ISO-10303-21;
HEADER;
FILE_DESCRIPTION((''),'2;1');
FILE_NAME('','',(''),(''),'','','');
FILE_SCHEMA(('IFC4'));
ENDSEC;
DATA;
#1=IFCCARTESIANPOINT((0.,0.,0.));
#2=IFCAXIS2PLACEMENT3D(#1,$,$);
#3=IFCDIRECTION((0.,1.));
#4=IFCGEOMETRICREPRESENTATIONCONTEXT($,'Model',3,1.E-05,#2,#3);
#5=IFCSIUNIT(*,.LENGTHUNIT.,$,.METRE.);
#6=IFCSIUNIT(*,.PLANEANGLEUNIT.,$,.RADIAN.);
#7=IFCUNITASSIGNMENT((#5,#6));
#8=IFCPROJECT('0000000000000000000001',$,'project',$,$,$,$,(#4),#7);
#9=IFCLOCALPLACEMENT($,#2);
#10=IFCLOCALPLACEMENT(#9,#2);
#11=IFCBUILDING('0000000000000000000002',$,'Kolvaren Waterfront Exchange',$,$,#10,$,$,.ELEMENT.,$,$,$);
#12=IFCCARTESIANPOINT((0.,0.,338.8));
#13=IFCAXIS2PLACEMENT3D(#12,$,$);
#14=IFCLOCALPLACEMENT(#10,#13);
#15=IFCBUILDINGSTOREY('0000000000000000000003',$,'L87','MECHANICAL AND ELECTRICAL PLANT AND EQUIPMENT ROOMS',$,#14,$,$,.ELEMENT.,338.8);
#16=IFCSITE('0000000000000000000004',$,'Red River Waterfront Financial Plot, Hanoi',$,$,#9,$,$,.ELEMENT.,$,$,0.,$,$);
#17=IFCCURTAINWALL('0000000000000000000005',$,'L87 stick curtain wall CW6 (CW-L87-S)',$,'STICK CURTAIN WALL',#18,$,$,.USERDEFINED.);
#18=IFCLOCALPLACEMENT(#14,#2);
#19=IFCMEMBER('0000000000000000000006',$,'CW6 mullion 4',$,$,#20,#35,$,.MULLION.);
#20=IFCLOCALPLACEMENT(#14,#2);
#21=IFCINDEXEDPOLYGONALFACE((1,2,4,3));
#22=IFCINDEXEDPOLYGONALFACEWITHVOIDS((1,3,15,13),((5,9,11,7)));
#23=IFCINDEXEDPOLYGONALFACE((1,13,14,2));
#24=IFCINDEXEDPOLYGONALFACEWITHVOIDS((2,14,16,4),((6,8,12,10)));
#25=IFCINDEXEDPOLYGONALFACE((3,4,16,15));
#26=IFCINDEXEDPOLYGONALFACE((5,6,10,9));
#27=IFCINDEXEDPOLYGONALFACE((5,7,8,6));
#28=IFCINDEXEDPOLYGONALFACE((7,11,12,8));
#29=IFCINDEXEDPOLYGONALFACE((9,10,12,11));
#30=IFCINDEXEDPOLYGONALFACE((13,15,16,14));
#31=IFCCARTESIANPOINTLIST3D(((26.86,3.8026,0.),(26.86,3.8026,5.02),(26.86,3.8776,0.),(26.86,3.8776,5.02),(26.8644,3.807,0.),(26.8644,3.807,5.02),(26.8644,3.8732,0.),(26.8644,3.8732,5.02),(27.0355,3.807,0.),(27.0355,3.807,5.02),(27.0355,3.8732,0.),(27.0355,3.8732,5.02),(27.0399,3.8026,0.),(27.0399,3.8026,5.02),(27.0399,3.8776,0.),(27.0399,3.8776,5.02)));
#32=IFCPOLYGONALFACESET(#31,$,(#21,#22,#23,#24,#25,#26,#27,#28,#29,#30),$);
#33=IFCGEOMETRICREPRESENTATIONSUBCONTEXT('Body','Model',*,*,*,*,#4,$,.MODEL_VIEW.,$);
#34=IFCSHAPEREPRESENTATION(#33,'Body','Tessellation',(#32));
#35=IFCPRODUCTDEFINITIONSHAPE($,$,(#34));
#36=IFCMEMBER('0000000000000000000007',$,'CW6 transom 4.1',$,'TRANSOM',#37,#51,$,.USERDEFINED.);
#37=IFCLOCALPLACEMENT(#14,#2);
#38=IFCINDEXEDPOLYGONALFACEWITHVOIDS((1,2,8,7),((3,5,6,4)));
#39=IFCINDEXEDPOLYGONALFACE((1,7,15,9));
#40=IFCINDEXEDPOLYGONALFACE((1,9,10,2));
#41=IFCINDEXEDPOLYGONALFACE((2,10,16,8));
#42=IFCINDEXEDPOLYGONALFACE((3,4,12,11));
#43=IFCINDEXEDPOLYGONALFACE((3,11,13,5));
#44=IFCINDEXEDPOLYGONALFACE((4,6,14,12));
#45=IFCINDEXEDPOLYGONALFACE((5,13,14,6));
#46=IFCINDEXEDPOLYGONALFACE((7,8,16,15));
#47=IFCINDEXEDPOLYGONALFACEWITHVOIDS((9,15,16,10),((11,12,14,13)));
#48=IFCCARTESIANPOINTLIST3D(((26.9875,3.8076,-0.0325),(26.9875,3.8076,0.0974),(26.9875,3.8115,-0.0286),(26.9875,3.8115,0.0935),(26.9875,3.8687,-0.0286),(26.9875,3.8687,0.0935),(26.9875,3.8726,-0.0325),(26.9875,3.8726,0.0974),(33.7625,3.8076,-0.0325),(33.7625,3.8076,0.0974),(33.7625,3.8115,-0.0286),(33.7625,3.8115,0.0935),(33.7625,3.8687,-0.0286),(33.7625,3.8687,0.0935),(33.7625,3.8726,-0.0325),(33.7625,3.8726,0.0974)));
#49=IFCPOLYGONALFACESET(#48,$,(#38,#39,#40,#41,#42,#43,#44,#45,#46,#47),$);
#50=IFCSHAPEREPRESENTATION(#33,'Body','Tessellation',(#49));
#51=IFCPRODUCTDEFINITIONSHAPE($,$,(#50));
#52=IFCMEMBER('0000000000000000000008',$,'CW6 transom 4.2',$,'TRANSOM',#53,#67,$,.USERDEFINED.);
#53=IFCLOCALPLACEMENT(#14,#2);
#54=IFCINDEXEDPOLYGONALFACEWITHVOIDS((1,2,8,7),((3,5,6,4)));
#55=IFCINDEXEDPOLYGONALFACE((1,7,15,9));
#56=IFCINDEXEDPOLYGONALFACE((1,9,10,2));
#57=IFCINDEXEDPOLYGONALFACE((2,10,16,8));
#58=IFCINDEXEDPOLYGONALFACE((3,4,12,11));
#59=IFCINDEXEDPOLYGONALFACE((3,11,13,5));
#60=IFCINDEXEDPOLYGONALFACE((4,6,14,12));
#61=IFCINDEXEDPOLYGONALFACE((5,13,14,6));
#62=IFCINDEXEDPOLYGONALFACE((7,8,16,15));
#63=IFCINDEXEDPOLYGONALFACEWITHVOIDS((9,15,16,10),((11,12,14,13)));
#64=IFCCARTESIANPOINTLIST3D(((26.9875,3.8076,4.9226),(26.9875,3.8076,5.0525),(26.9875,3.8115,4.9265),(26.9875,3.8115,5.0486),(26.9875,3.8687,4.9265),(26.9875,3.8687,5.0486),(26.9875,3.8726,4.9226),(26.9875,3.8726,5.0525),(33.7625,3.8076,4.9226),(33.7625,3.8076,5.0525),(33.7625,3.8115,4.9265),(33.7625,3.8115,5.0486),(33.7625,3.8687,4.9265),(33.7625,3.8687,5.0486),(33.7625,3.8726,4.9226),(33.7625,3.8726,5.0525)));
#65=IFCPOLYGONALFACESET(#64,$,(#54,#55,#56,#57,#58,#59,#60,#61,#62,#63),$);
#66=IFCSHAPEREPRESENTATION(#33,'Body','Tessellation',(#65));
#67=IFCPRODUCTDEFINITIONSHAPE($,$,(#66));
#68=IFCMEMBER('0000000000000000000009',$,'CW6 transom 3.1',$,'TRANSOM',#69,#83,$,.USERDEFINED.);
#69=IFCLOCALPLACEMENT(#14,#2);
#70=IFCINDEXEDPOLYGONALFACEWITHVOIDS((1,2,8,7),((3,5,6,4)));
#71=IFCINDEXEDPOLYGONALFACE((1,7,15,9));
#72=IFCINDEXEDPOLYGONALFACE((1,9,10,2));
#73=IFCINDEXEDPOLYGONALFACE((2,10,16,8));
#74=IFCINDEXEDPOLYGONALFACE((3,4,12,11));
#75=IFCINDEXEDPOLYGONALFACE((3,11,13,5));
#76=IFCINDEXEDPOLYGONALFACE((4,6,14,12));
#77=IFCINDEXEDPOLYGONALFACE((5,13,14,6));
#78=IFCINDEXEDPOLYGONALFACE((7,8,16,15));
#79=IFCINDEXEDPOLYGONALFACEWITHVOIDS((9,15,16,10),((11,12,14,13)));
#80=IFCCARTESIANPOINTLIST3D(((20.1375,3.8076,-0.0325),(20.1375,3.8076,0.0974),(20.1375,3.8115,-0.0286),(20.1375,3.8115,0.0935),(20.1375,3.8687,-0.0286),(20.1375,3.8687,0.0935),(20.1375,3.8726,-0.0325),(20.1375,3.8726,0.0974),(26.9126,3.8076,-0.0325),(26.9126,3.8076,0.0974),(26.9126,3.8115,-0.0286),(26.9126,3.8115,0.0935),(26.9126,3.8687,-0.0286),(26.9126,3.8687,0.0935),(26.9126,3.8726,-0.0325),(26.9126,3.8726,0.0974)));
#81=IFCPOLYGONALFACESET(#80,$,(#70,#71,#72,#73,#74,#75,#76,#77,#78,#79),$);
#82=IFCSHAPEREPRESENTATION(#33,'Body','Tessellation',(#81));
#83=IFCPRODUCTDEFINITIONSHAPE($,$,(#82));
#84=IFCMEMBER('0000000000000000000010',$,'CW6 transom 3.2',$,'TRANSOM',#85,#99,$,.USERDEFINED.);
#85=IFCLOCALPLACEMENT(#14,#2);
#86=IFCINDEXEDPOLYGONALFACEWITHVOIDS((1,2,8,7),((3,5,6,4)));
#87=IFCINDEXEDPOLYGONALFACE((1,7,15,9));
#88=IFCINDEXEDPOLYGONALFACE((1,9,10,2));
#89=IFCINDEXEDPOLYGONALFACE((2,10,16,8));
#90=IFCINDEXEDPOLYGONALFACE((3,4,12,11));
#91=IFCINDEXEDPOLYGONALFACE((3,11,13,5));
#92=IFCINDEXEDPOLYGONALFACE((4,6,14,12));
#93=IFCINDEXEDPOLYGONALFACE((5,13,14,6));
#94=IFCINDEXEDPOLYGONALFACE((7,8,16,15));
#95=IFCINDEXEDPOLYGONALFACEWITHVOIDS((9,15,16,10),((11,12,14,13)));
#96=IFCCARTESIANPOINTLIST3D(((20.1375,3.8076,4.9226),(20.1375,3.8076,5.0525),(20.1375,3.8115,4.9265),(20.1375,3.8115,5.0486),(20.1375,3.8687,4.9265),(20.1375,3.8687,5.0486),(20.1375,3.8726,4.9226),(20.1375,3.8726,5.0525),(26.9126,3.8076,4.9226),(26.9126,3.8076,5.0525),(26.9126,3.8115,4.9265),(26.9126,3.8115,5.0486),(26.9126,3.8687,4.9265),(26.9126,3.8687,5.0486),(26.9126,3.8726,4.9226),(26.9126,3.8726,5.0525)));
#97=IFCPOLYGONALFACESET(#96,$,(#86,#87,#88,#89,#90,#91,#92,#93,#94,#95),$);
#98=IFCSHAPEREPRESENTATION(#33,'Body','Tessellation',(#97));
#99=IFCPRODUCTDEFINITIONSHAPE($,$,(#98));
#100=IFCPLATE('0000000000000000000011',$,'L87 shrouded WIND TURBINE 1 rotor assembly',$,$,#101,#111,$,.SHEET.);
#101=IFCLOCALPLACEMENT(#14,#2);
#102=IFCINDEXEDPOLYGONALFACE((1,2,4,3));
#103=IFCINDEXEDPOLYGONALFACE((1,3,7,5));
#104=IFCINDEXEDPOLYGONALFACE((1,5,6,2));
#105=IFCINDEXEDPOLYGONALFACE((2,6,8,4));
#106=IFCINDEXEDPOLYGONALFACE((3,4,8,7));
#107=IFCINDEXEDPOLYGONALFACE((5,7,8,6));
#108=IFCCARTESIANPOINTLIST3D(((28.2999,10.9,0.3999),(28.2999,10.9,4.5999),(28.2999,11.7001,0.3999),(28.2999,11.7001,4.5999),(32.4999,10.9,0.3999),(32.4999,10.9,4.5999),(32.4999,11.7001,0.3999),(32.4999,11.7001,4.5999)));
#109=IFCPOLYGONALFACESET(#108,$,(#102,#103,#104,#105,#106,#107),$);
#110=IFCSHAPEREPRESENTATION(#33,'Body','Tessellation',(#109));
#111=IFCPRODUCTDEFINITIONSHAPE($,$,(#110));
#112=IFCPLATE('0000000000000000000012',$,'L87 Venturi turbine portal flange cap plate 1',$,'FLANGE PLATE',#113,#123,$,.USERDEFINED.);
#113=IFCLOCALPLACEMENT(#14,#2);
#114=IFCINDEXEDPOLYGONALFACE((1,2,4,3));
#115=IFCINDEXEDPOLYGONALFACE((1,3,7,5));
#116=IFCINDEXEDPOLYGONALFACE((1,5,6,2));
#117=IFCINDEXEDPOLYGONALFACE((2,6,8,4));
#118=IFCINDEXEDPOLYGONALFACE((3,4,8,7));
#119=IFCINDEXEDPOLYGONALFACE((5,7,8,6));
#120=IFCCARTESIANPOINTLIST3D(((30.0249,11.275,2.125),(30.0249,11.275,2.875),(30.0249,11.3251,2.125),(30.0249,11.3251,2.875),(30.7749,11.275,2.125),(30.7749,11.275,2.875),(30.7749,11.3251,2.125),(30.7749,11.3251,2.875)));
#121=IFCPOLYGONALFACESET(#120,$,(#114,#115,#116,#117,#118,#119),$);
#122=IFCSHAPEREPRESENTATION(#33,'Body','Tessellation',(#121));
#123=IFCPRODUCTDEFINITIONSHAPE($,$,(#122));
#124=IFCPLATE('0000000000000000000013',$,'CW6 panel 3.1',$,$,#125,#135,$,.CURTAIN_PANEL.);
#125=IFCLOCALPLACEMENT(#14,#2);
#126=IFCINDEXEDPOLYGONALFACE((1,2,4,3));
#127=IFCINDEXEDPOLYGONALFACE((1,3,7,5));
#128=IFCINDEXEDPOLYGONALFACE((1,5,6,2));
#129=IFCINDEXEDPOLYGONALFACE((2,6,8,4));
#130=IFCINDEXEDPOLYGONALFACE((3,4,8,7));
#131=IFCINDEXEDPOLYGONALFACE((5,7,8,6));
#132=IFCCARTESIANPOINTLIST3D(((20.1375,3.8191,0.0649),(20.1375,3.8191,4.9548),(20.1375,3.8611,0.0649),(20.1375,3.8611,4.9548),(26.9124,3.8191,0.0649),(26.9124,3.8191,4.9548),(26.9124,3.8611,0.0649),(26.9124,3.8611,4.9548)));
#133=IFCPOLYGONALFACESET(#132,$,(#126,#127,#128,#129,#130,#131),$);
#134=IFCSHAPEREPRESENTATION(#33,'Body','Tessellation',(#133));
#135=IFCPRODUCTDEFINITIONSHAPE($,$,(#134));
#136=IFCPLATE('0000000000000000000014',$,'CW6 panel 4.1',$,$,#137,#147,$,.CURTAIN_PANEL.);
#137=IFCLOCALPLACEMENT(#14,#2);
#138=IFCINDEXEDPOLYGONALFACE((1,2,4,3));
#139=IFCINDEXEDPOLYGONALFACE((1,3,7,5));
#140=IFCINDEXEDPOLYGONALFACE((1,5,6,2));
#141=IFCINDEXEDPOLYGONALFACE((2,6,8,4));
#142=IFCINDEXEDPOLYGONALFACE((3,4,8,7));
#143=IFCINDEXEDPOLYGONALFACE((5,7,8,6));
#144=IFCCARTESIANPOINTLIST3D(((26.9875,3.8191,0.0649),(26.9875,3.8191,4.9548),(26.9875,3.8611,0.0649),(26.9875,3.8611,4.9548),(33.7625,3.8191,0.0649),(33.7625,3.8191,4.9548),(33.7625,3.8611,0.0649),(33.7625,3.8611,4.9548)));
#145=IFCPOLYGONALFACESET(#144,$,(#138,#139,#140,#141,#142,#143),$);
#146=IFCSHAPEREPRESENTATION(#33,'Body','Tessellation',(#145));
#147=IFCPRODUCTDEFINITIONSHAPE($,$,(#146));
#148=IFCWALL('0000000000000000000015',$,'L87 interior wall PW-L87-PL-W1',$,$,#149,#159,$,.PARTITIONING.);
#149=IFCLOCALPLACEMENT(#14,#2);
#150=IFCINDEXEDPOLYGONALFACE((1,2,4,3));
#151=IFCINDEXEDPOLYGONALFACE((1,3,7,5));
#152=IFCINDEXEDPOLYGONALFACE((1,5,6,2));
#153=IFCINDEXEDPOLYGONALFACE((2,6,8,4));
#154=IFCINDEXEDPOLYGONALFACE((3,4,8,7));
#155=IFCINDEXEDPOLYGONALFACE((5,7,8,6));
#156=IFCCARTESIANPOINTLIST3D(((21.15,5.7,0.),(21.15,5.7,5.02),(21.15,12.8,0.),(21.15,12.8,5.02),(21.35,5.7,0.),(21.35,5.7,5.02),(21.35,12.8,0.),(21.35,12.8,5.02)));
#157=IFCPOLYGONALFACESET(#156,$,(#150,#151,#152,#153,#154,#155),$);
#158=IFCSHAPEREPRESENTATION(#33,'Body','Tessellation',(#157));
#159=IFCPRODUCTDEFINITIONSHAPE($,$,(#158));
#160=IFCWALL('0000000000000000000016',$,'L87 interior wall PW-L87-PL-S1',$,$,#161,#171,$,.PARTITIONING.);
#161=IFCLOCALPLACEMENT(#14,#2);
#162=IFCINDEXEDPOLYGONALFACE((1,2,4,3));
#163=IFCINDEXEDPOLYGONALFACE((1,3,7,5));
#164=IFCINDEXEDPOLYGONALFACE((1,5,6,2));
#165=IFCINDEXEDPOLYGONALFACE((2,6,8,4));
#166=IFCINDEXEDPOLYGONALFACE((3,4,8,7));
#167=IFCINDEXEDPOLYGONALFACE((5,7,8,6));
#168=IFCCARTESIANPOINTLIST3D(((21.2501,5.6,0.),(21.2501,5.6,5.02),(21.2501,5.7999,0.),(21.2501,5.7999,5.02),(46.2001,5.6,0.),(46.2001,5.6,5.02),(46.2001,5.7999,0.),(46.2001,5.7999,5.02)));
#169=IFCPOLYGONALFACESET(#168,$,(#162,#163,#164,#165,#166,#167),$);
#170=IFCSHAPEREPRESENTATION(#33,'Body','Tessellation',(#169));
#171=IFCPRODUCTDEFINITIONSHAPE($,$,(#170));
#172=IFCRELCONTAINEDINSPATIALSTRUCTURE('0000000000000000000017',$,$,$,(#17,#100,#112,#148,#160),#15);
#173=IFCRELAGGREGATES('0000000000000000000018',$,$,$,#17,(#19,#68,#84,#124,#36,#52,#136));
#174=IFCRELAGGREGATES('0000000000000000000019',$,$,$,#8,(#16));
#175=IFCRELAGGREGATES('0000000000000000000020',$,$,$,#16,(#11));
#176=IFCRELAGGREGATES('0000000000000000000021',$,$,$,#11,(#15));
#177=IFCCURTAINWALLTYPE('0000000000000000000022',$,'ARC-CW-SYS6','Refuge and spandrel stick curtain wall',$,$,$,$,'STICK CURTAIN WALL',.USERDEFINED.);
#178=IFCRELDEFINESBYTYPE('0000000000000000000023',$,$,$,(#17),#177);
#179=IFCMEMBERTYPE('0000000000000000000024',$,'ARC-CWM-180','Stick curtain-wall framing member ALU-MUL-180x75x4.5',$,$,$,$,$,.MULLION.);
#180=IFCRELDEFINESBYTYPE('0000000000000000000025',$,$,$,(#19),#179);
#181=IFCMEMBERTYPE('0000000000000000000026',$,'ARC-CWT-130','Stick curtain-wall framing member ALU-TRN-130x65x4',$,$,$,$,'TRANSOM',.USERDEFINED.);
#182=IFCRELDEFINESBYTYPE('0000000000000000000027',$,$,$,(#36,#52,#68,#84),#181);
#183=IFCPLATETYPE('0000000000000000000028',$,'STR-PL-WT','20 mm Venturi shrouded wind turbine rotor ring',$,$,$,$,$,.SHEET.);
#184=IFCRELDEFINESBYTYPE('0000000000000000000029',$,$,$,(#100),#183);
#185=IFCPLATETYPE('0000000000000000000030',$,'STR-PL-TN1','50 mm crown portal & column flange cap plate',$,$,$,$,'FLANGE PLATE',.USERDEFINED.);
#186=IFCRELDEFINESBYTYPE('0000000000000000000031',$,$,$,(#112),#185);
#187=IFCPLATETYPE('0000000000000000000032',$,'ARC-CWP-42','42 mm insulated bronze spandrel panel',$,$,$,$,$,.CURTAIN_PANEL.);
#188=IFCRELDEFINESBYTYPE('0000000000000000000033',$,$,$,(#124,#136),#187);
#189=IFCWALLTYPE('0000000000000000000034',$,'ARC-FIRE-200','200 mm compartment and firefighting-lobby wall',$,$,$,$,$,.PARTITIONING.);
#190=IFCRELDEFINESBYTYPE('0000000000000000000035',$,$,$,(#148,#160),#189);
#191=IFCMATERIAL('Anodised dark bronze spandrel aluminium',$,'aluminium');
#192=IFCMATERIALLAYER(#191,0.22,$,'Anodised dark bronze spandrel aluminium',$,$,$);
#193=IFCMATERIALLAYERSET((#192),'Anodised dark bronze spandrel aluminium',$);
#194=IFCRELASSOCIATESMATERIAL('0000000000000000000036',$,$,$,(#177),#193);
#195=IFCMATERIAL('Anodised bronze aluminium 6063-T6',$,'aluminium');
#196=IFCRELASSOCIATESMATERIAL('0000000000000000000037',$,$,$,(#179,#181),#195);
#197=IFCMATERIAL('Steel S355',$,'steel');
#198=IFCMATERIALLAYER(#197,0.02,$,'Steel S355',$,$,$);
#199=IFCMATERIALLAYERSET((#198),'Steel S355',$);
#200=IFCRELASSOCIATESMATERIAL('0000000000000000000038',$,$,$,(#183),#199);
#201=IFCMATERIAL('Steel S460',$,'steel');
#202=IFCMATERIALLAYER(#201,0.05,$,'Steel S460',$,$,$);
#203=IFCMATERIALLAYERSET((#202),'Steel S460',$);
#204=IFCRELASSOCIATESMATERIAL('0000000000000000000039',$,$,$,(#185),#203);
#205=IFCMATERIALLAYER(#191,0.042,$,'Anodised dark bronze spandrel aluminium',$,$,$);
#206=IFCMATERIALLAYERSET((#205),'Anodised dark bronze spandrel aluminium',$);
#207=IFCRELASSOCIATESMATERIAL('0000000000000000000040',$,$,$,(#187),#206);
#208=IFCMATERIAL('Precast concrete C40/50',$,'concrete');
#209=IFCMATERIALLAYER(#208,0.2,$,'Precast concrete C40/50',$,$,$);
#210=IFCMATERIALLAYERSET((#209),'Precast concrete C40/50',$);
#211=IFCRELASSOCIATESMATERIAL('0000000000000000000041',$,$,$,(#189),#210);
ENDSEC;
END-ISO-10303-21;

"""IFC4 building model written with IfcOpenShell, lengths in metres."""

from ifc_helpers import new_model, si_unit, direction, frame, frame_2d, origin, origin_with_axes, origin_2d, place, context, subcontext, project, spatial, rectangle, hollow_rectangle, extrude, source, transform, mapped, material, layer, layer_set, material_profile, profile_set, type_object, element, aggregate, save


model = new_model("IFC4")

# Units and contexts
model_context = context("Model", 3, precision=1e-05, world=origin(), true_north=direction((0.0, 1.0)))
body_context = subcontext(model_context, "Body", "Model", "MODEL_VIEW")
ifc_project = project(units=[si_unit("LENGTHUNIT", "METRE"), si_unit("PLANEANGLEUNIT", "RADIAN")], contexts=[model_context])

# Site, building, storey
site_placement = place(None, origin())
site = spatial("IfcSite", under=ifc_project, at=site_placement, Name="Red River Waterfront Financial Plot, Hanoi", CompositionType="ELEMENT", RefElevation=0.0)
building_placement = place(site_placement, origin())
building = spatial("IfcBuilding", under=site, at=building_placement, Name="Kolvaren Waterfront Exchange", CompositionType="ELEMENT")
storey_placement = place(building_placement, frame((0.0, 0.0, 338.8)))
storey = spatial("IfcBuildingStorey", under=building, at=storey_placement, Name="L87", Description="MECHANICAL AND ELECTRICAL PLANT AND EQUIPMENT ROOMS", CompositionType="ELEMENT", Elevation=338.8)

# Shared definitions
ifc_material_1 = material(Name="Steel S355", Category="steel")

# Curtain wall, members
ifc_material_2 = material(Name="Anodised dark bronze spandrel aluminium", Category="aluminium")
ifc_layer_1 = layer(ifc_material_2, 0.22, Name="Anodised dark bronze spandrel aluminium")
ifc_layer_set_1 = layer_set([ifc_layer_1], Name="Anodised dark bronze spandrel aluminium")
curtain_wall_type = type_object("IfcCurtainWallType", Name="ARC-CW-SYS6", Description="Refuge and spandrel stick curtain wall", ElementType="STICK CURTAIN WALL", PredefinedType="USERDEFINED", material=ifc_layer_set_1)
curtain_wall_placement = place(storey_placement, origin())
curtain_wall = element("IfcCurtainWall", 1, at=curtain_wall_placement, inside=storey, type_object=curtain_wall_type, Name="L87 stick curtain wall CW6 (CW-L87-S)", ObjectType="STICK CURTAIN WALL", PredefinedType="USERDEFINED")
ifc_material_3 = material(Name="Anodised bronze aluminium 6063-T6", Category="aluminium")
ifc_material_profile_1 = material_profile(ifc_material_3, hollow_rectangle(XDim=0.075, YDim=0.1799, WallThickness=0.0044, at=origin_2d()), Name="ALU-MUL-180x75x4.5")
ifc_profile_set_1 = profile_set([ifc_material_profile_1], Name="Anodised bronze aluminium 6063-T6")
member_type_1 = type_object("IfcMemberType", Name="ARC-CWM-180", Description="Stick curtain-wall framing member ALU-MUL-180x75x4.5", PredefinedType="MULLION", material=ifc_profile_set_1)
shared_shape_1 = source(origin_with_axes(), body_context, "Body", "SweptSolid", [
    extrude(hollow_rectangle(XDim=0.075, YDim=0.1799, WallThickness=0.0044, at=origin_2d()), origin(), (0.0, 0.0, 1.0), 5.02),
])
member_1_placement = place(storey_placement, frame((26.95, 3.8401, 0.0), z_axis=(0.0, 0.0, 1.0), x_axis=(0.0, 1.0, 0.0)))
member_1 = element("IfcMember", 2, at=member_1_placement, type_object=member_type_1, Name="CW6 mullion 4", PredefinedType="MULLION", context=body_context, shape_type="MappedRepresentation", body=[
    mapped(shared_shape_1, transform((0.0, 0.0, 0.0), x_axis=(1.0, 0.0, 0.0), y_axis=(0.0, 1.0, 0.0), z_axis=(0.0, 0.0, 1.0), scale=1.0)),
])
ifc_material_profile_2 = material_profile(ifc_material_3, hollow_rectangle(XDim=0.0649, YDim=0.1299, WallThickness=0.0039, at=origin_2d()), Name="ALU-TRN-130x65x4")
ifc_profile_set_2 = profile_set([ifc_material_profile_2], Name="Anodised bronze aluminium 6063-T6")
member_type_2 = type_object("IfcMemberType", Name="ARC-CWT-130", Description="Stick curtain-wall framing member ALU-TRN-130x65x4", ElementType="TRANSOM", PredefinedType="USERDEFINED", material=ifc_profile_set_2)
shared_shape_2 = source(origin_with_axes(), body_context, "Body", "SweptSolid", [
    extrude(hollow_rectangle(XDim=0.0649, YDim=0.1299, WallThickness=0.0039, at=origin_2d()), origin(), (0.0, 0.0, 1.0), 6.7749),
])
member_2_placement = place(storey_placement, frame((26.9875, 3.8401, 0.0325), z_axis=(1.0, 0.0, 0.0), x_axis=(0.0, 1.0, 0.0)))
member_2 = element("IfcMember", 3, at=member_2_placement, type_object=member_type_2, Name="CW6 transom 4.1", ObjectType="TRANSOM", PredefinedType="USERDEFINED", context=body_context, shape_type="MappedRepresentation", body=[
    mapped(shared_shape_2, transform((0.0, 0.0, 0.0), x_axis=(1.0, 0.0, 0.0), y_axis=(0.0, 1.0, 0.0), z_axis=(0.0, 0.0, 1.0), scale=1.0)),
])
member_3_placement = place(storey_placement, frame((26.9875, 3.8401, 4.9875), z_axis=(1.0, 0.0, 0.0), x_axis=(0.0, 1.0, 0.0)))
member_3 = element("IfcMember", 4, at=member_3_placement, type_object=member_type_2, Name="CW6 transom 4.2", ObjectType="TRANSOM", PredefinedType="USERDEFINED", context=body_context, shape_type="MappedRepresentation", body=[
    mapped(shared_shape_2, transform((0.0, 0.0, 0.0), x_axis=(1.0, 0.0, 0.0), y_axis=(0.0, 1.0, 0.0), z_axis=(0.0, 0.0, 1.0), scale=1.0)),
])
shared_shape_3 = source(origin_with_axes(), body_context, "Body", "SweptSolid", [
    extrude(hollow_rectangle(XDim=0.0649, YDim=0.1299, WallThickness=0.0039, at=origin_2d()), origin(), (0.0, 0.0, 1.0), 6.7751),
])
member_4_placement = place(storey_placement, frame((20.1375, 3.8401, 0.0325), z_axis=(1.0, 0.0, 0.0), x_axis=(0.0, 1.0, 0.0)))
member_4 = element("IfcMember", 5, at=member_4_placement, type_object=member_type_2, Name="CW6 transom 3.1", ObjectType="TRANSOM", PredefinedType="USERDEFINED", context=body_context, shape_type="MappedRepresentation", body=[
    mapped(shared_shape_3, transform((0.0, 0.0, 0.0), x_axis=(1.0, 0.0, 0.0), y_axis=(0.0, 1.0, 0.0), z_axis=(0.0, 0.0, 1.0), scale=1.0)),
])
member_5_placement = place(storey_placement, frame((20.1375, 3.8401, 4.9875), z_axis=(1.0, 0.0, 0.0), x_axis=(0.0, 1.0, 0.0)))
member_5 = element("IfcMember", 6, at=member_5_placement, type_object=member_type_2, Name="CW6 transom 3.2", ObjectType="TRANSOM", PredefinedType="USERDEFINED", context=body_context, shape_type="MappedRepresentation", body=[
    mapped(shared_shape_3, transform((0.0, 0.0, 0.0), x_axis=(1.0, 0.0, 0.0), y_axis=(0.0, 1.0, 0.0), z_axis=(0.0, 0.0, 1.0), scale=1.0)),
])

# Plates
ifc_layer_2 = layer(ifc_material_1, 0.02, Name="Steel S355")
ifc_layer_set_2 = layer_set([ifc_layer_2], Name="Steel S355")
plate_type_1 = type_object("IfcPlateType", Name="STR-PL-WT", Description="20 mm Venturi shrouded wind turbine rotor ring", PredefinedType="SHEET", material=ifc_layer_set_2)
shared_shape_4 = source(origin_with_axes(), body_context, "Body", "SweptSolid", [
    extrude(rectangle(XDim=4.2, YDim=0.8, at=origin_2d()), origin(), (0.0, 0.0, 1.0), 4.2),
])
plate_1_placement = place(storey_placement, frame((30.3999, 11.3, 0.3999), z_axis=(0.0, 0.0, 1.0), x_axis=(1.0, 0.0, 0.0)))
element("IfcPlate", 7, at=plate_1_placement, inside=storey, type_object=plate_type_1, Name="L87 shrouded WIND TURBINE 1 rotor assembly", PredefinedType="SHEET", context=body_context, shape_type="MappedRepresentation", body=[
    mapped(shared_shape_4, transform((0.0, 0.0, 0.0), x_axis=(1.0, 0.0, 0.0), y_axis=(0.0, 1.0, 0.0), z_axis=(0.0, 0.0, 1.0), scale=1.0)),
])
ifc_material_4 = material(Name="Steel S460", Category="steel")
ifc_layer_3 = layer(ifc_material_4, 0.05, Name="Steel S460")
ifc_layer_set_3 = layer_set([ifc_layer_3], Name="Steel S460")
plate_type_2 = type_object("IfcPlateType", Name="STR-PL-TN1", Description="50 mm crown portal & column flange cap plate", ElementType="FLANGE PLATE", PredefinedType="USERDEFINED", material=ifc_layer_set_3)
shared_shape_5 = source(origin_with_axes(), body_context, "Body", "SweptSolid", [
    extrude(rectangle(XDim=0.75, YDim=0.05, at=origin_2d()), origin(), (0.0, 0.0, 1.0), 0.75),
])
plate_2_placement = place(storey_placement, frame((30.3999, 11.3, 2.125), z_axis=(0.0, 0.0, 1.0), x_axis=(1.0, 0.0, 0.0)))
element("IfcPlate", 8, at=plate_2_placement, inside=storey, type_object=plate_type_2, Name="L87 Venturi turbine portal flange cap plate 1", ObjectType="FLANGE PLATE", PredefinedType="USERDEFINED", context=body_context, shape_type="MappedRepresentation", body=[
    mapped(shared_shape_5, transform((0.0, 0.0, 0.0), x_axis=(1.0, 0.0, 0.0), y_axis=(0.0, 1.0, 0.0), z_axis=(0.0, 0.0, 1.0), scale=1.0)),
])

# Plates
ifc_layer_4 = layer(ifc_material_2, 0.042, Name="Anodised dark bronze spandrel aluminium")
ifc_layer_set_4 = layer_set([ifc_layer_4], Name="Anodised dark bronze spandrel aluminium")
plate_type_3 = type_object("IfcPlateType", Name="ARC-CWP-42", Description="42 mm insulated bronze spandrel panel", PredefinedType="CURTAIN_PANEL", material=ifc_layer_set_4)
shared_shape_6 = source(origin_with_axes(), body_context, "Body", "SweptSolid", [
    extrude(rectangle(XDim=6.7749, YDim=0.042, at=origin_2d()), origin(), (0.0, 0.0, 1.0), 4.8899),
])
plate_3_placement = place(storey_placement, frame((23.5249, 3.8401, 0.0649), z_axis=(0.0, 0.0, 1.0), x_axis=(1.0, 0.0, 0.0)))
plate_3 = element("IfcPlate", 9, at=plate_3_placement, type_object=plate_type_3, Name="CW6 panel 3.1", PredefinedType="CURTAIN_PANEL", context=body_context, shape_type="MappedRepresentation", body=[
    mapped(shared_shape_6, transform((0.0, 0.0, 0.0), x_axis=(1.0, 0.0, 0.0), y_axis=(0.0, 1.0, 0.0), z_axis=(0.0, 0.0, 1.0), scale=1.0)),
])
plate_4_placement = place(storey_placement, frame((30.375, 3.8401, 0.0649), z_axis=(0.0, 0.0, 1.0), x_axis=(1.0, 0.0, 0.0)))
plate_4 = element("IfcPlate", 10, at=plate_4_placement, type_object=plate_type_3, Name="CW6 panel 4.1", PredefinedType="CURTAIN_PANEL", context=body_context, shape_type="MappedRepresentation", body=[
    mapped(shared_shape_6, transform((0.0, 0.0, 0.0), x_axis=(1.0, 0.0, 0.0), y_axis=(0.0, 1.0, 0.0), z_axis=(0.0, 0.0, 1.0), scale=1.0)),
])
aggregate(curtain_wall, [member_1, member_4, member_5, plate_3, member_2, member_3, plate_4])

# Walls
ifc_material_5 = material(Name="Precast concrete C40/50", Category="concrete")
ifc_layer_5 = layer(ifc_material_5, 0.2, Name="Precast concrete C40/50")
ifc_layer_set_5 = layer_set([ifc_layer_5], Name="Precast concrete C40/50")
wall_type_1 = type_object("IfcWallType", Name="ARC-FIRE-200", Description="200 mm compartment and firefighting-lobby wall", PredefinedType="PARTITIONING", material=ifc_layer_set_5)
wall_1_placement = place(storey_placement, frame((21.25, 5.7, 0.0), z_axis=(0.0, 0.0, 1.0), x_axis=(0.0, 1.0, 0.0)))
element("IfcWall", 11, at=wall_1_placement, inside=storey, type_object=wall_type_1, Name="L87 interior wall PW-L87-PL-W1", PredefinedType="PARTITIONING", context=body_context, shape_type="SweptSolid", body=[
    extrude(rectangle(XDim=7.1001, YDim=0.2, at=frame_2d((3.55, 0.0))), origin(), (0.0, 0.0, 1.0), 5.02),
])
wall_2_placement = place(storey_placement, frame((21.25, 5.7, 0.0), z_axis=(0.0, 0.0, 1.0), x_axis=(1.0, 0.0, 0.0)))
element("IfcWall", 12, at=wall_2_placement, inside=storey, type_object=wall_type_1, Name="L87 interior wall PW-L87-PL-S1", PredefinedType="PARTITIONING", context=body_context, shape_type="SweptSolid", body=[
    extrude(rectangle(XDim=24.95, YDim=0.2, at=frame_2d((12.4751, 0.0))), origin(), (0.0, 0.0, 1.0), 5.02),
])

save(model, "model.ifc")
